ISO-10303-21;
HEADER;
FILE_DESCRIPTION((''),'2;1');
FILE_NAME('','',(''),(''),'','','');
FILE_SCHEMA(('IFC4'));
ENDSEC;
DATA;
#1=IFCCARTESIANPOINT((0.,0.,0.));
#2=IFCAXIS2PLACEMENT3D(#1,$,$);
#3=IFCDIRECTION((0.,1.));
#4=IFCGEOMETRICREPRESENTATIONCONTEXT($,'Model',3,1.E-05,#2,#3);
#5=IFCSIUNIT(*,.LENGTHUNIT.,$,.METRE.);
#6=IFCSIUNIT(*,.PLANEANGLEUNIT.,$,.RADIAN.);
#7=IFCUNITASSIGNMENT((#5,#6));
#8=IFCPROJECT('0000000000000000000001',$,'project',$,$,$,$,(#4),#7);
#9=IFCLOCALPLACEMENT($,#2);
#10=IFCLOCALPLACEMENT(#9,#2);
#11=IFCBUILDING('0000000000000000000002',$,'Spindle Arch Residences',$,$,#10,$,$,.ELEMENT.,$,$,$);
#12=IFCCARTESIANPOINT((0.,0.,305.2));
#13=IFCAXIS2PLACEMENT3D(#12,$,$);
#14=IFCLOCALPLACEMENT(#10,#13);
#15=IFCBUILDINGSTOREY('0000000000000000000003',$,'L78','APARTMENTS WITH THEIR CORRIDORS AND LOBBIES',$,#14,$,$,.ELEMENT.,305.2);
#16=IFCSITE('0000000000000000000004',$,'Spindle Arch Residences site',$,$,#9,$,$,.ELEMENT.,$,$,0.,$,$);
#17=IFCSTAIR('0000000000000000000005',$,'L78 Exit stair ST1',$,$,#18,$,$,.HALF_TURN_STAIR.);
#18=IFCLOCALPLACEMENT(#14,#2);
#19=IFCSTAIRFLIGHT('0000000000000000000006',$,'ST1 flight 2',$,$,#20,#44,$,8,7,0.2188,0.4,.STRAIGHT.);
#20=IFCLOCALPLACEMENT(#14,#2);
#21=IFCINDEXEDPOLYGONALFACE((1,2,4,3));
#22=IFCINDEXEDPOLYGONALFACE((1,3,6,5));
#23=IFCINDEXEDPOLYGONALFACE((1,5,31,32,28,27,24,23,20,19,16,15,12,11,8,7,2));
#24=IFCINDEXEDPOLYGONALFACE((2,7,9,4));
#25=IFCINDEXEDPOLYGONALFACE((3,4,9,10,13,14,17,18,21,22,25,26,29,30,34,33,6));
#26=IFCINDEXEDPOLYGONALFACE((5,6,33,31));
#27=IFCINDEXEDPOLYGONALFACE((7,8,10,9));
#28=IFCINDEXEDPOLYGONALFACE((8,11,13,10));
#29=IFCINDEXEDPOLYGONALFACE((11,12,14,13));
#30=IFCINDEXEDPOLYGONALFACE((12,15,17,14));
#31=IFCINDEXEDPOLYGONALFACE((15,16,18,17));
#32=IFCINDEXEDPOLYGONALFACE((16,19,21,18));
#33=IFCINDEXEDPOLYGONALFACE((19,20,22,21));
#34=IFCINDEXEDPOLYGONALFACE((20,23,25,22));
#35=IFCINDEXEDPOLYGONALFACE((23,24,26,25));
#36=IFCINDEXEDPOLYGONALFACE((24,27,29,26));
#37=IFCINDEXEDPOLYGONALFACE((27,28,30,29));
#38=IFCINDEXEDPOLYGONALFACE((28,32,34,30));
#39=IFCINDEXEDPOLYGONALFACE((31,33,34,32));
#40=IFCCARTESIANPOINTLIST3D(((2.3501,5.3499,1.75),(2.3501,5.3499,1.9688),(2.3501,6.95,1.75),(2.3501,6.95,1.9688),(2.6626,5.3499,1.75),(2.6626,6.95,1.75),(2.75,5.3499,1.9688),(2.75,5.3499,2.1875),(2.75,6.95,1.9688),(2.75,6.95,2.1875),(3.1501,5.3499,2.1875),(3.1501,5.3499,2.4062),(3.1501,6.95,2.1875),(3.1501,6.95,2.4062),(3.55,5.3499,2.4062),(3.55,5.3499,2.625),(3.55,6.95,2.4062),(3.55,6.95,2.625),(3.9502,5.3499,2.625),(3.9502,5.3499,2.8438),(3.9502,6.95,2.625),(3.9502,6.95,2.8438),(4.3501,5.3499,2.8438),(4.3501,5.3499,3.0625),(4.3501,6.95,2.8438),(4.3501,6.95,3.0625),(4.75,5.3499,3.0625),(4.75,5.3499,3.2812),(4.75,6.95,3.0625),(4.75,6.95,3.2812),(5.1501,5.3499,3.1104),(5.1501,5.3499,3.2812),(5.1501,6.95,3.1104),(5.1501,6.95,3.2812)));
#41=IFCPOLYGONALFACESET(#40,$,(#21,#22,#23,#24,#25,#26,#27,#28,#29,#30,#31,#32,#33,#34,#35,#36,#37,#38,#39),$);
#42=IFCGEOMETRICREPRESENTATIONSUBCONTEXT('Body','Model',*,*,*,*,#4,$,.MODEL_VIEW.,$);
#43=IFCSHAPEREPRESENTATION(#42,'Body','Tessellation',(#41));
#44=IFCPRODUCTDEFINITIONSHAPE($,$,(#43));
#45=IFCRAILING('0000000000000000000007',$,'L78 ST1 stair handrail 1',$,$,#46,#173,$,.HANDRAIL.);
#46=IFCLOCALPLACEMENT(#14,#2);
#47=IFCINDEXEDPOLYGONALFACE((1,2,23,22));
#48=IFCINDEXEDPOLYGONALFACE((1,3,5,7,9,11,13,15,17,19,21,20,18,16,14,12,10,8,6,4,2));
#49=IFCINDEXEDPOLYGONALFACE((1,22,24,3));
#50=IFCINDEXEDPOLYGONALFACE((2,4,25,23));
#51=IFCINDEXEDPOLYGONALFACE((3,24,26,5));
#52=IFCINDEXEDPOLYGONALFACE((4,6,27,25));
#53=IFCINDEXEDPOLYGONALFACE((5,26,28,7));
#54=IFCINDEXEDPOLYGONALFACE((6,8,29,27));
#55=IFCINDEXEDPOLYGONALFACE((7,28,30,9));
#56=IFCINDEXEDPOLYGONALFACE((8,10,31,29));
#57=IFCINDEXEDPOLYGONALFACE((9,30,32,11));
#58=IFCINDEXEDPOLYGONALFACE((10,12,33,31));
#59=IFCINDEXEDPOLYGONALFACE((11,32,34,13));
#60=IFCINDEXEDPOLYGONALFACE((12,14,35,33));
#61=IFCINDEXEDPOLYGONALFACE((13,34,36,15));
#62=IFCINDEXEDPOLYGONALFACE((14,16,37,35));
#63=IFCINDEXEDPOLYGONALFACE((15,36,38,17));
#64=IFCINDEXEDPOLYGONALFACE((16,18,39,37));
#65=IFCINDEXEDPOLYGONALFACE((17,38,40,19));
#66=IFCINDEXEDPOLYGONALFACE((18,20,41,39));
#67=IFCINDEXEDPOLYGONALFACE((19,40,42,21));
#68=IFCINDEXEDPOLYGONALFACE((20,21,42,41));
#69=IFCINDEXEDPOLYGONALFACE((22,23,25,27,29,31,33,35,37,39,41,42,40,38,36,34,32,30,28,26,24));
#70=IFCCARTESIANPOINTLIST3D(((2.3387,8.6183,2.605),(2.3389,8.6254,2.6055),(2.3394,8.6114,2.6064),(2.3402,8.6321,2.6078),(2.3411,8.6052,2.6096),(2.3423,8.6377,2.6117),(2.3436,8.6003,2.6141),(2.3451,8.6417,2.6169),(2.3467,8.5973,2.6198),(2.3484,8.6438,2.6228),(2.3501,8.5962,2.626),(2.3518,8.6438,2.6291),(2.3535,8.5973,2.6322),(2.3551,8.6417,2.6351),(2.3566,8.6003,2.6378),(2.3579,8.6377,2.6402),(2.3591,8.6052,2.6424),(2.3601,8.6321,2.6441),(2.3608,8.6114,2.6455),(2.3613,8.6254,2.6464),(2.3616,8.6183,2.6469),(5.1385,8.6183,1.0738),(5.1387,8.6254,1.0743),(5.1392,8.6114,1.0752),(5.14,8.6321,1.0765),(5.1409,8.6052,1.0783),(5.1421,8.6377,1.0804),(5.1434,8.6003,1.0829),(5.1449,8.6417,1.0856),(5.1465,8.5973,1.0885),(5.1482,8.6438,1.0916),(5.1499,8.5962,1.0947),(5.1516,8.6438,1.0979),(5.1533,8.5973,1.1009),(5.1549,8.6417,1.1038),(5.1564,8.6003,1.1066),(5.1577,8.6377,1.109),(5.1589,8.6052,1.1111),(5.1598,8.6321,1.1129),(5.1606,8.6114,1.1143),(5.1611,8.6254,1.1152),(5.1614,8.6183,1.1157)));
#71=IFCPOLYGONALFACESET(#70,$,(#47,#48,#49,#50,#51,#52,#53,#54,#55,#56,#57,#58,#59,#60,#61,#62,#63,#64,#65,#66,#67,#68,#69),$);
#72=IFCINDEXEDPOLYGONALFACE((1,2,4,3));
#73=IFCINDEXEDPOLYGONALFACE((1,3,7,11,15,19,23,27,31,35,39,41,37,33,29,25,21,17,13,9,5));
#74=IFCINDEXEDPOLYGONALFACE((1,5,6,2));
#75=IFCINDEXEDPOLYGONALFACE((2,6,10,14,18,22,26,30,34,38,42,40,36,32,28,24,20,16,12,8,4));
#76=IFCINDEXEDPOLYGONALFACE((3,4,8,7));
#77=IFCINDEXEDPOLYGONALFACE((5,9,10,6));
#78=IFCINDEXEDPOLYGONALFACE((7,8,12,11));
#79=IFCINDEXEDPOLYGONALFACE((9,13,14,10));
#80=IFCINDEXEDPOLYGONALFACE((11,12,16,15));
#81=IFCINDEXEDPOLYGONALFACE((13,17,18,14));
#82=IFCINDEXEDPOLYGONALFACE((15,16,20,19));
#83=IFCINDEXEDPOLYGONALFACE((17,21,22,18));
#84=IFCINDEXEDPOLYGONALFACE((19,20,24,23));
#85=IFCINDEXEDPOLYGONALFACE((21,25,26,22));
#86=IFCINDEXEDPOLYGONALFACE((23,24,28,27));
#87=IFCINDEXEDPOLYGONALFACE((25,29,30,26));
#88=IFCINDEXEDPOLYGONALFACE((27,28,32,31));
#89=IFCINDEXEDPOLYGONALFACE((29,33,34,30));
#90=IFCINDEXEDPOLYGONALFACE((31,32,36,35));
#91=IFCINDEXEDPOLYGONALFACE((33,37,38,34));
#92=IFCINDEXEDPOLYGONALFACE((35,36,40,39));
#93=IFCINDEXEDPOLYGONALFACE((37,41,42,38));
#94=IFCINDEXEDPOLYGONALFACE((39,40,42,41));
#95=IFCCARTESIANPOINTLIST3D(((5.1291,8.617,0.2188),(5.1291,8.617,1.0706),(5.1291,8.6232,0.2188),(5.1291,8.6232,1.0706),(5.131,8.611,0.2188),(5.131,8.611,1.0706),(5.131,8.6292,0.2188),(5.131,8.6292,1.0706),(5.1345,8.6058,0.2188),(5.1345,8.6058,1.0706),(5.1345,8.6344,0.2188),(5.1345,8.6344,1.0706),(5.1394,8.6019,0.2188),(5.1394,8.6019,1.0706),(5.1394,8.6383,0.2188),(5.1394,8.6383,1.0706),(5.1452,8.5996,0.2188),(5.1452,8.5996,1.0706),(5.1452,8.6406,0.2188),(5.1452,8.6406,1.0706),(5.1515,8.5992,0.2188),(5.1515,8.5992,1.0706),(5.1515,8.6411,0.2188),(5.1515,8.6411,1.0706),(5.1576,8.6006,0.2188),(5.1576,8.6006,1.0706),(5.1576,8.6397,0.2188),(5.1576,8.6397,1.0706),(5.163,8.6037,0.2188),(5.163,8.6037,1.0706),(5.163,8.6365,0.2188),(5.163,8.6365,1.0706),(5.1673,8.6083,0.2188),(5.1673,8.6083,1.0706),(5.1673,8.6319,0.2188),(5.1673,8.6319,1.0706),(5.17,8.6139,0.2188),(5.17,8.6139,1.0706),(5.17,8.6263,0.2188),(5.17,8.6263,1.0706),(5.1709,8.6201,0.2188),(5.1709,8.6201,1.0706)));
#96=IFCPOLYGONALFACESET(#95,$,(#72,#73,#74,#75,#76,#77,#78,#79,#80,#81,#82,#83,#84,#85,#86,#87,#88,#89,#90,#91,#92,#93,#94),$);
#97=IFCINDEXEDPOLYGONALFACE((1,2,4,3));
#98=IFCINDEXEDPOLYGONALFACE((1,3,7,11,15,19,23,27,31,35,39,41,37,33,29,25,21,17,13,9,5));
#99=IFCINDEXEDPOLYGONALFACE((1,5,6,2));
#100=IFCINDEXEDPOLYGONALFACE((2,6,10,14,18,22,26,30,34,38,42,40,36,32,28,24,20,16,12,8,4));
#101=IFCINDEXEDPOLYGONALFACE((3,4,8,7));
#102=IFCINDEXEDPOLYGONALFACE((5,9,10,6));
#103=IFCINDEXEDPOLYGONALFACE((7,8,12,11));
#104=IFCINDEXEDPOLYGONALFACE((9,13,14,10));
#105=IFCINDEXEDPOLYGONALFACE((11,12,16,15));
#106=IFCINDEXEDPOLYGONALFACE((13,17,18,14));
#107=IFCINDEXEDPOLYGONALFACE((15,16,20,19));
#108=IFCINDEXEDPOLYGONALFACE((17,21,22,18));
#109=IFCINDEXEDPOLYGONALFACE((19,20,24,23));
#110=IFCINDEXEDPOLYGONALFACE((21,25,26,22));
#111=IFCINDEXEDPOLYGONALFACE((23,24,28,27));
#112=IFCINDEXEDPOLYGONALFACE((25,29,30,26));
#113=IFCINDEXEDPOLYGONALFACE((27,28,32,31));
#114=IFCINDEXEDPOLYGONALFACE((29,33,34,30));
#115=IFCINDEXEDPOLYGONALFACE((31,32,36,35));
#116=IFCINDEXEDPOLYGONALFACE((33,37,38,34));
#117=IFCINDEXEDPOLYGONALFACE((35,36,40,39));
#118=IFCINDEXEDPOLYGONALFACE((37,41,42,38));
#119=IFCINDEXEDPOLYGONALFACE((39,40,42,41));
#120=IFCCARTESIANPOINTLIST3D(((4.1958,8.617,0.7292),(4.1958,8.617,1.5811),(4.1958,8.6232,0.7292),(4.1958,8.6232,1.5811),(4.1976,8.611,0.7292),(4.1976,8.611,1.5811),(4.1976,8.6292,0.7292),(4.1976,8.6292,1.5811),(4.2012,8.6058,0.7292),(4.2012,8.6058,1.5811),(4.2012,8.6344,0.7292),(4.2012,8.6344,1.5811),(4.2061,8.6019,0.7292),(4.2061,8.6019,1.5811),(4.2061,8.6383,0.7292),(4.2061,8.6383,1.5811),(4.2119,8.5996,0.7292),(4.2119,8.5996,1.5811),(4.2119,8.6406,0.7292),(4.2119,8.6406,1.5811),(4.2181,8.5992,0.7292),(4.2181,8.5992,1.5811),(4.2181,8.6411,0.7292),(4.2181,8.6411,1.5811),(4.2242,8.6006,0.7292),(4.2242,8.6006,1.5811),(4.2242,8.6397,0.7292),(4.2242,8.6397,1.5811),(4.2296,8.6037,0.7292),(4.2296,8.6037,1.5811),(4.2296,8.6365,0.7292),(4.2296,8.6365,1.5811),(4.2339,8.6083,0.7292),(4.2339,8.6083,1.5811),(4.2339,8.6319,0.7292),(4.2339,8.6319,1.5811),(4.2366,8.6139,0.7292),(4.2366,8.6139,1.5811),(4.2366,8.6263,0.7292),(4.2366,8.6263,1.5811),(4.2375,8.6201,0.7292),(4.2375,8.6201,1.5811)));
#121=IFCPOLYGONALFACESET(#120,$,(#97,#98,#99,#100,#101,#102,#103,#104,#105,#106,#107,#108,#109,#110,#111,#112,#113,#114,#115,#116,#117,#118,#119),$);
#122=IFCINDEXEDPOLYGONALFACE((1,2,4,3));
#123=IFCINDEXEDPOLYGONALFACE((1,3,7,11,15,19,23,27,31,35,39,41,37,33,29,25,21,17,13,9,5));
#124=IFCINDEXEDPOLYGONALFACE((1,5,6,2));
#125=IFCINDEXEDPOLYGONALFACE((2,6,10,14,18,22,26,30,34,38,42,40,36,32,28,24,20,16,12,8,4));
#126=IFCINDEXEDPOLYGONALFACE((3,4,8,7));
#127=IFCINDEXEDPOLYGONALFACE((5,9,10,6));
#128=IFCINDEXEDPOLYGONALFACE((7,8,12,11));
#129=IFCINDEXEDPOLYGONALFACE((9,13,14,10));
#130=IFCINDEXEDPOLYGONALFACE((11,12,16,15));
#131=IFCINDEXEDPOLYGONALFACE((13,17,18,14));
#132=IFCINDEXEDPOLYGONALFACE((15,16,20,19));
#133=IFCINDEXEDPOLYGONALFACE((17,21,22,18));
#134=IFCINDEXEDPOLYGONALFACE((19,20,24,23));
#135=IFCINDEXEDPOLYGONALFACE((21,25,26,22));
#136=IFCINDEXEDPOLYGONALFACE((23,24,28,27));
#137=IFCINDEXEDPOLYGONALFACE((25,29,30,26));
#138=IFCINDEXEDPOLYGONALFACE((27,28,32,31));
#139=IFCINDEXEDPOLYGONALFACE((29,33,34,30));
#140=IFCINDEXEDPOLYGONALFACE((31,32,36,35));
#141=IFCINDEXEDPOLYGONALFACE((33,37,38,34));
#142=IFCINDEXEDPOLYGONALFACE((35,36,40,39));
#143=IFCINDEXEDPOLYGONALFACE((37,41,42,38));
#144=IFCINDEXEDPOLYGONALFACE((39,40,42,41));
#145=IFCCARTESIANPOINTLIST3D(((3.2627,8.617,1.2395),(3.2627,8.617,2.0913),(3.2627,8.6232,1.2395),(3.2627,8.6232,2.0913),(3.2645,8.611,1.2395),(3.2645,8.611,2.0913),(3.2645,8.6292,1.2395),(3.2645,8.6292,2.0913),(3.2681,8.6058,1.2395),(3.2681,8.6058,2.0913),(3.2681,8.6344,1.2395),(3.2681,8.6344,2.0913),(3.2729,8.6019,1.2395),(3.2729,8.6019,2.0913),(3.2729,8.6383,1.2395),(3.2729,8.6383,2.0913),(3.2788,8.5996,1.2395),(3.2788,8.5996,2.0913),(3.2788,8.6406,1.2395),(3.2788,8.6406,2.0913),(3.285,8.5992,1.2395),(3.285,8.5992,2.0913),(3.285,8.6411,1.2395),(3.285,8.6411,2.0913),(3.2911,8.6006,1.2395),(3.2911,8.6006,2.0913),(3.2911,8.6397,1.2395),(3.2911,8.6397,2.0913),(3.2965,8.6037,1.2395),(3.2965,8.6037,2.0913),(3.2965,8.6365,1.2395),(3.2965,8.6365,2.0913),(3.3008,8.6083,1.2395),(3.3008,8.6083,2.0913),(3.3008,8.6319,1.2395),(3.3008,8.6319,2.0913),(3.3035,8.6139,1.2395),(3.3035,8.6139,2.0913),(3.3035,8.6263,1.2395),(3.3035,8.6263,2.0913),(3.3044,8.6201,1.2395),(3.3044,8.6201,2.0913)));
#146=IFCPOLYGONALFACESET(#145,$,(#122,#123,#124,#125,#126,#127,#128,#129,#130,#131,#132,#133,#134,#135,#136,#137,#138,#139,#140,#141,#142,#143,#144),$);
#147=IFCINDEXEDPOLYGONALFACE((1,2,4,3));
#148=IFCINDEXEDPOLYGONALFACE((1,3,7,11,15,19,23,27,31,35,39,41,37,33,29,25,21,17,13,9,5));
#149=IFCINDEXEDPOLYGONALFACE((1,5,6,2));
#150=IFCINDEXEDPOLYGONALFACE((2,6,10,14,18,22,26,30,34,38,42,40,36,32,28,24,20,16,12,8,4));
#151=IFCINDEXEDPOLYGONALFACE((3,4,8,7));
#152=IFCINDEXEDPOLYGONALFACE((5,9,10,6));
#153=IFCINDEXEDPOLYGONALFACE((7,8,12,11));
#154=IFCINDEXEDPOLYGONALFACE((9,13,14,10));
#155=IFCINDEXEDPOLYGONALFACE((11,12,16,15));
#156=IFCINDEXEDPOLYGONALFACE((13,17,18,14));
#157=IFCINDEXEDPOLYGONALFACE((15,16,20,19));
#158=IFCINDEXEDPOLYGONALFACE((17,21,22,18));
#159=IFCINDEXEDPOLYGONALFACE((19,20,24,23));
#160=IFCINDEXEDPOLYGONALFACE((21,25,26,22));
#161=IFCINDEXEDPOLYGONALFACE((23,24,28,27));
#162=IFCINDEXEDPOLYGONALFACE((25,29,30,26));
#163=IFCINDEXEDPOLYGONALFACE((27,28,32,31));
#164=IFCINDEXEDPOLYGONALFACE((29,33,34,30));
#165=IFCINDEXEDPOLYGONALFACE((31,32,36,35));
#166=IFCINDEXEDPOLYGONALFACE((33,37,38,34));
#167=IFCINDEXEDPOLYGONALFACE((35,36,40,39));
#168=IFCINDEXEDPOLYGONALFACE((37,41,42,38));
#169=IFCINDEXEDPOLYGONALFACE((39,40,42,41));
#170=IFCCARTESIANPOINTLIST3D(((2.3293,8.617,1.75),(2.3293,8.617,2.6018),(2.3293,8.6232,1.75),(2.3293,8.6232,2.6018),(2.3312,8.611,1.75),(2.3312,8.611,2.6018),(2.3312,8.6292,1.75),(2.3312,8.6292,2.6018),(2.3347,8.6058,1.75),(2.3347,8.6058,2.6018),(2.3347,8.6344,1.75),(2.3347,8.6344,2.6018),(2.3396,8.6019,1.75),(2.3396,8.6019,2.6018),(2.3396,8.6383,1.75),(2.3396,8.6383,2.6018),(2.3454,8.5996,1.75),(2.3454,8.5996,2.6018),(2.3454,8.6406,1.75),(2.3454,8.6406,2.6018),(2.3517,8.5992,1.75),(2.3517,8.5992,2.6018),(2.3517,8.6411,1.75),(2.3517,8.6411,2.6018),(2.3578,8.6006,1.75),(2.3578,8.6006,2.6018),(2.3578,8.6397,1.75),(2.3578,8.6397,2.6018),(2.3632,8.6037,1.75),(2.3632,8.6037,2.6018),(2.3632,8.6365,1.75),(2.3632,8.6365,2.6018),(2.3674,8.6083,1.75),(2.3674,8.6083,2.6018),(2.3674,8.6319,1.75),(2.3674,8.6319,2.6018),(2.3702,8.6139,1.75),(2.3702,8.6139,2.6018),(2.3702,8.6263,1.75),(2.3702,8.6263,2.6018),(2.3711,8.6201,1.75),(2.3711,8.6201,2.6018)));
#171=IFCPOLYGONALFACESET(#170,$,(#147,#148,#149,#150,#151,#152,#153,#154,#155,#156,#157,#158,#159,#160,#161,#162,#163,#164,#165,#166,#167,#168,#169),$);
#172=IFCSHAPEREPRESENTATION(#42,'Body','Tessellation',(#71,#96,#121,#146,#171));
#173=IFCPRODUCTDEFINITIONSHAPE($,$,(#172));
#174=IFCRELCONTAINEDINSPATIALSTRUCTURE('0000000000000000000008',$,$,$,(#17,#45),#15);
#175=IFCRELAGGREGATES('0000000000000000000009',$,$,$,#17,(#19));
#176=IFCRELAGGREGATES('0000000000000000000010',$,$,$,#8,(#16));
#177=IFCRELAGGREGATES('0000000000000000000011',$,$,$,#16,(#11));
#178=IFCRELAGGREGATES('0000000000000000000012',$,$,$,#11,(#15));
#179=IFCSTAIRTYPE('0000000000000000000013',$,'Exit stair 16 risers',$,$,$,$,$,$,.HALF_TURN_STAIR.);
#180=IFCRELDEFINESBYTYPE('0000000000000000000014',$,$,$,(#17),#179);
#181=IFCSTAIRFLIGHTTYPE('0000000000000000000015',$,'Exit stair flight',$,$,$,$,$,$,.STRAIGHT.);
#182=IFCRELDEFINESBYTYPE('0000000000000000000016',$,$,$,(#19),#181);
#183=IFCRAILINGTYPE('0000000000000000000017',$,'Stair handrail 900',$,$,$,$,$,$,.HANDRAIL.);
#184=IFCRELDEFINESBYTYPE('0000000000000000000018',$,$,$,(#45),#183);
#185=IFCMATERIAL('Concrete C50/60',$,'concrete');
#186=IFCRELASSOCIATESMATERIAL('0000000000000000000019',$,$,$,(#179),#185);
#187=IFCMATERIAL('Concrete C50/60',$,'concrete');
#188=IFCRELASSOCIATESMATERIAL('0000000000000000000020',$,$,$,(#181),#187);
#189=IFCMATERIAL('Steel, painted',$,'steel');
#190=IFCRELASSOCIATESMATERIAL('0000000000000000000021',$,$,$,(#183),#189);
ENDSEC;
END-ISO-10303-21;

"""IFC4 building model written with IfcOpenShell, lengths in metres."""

from ifc_helpers import new_model, si_unit, direction, frame, origin, origin_2d, place, context, subcontext, project, spatial, polyline, circle, outline, extrude, material, type_object, element, aggregate, save


model = new_model("IFC4")

# Units and contexts
model_context = context("Model", 3, precision=1e-05, world=origin(), true_north=direction((0.0, 1.0)))
body_context = subcontext(model_context, "Body", "Model", "MODEL_VIEW")
ifc_project = project(units=[si_unit("LENGTHUNIT", "METRE"), si_unit("PLANEANGLEUNIT", "RADIAN")], contexts=[model_context])

# Site, building, storey
site_placement = place(None, origin())
site = spatial("IfcSite", under=ifc_project, at=site_placement, Name="Spindle Arch Residences site", CompositionType="ELEMENT", RefElevation=0.0)
building_placement = place(site_placement, origin())
building = spatial("IfcBuilding", under=site, at=building_placement, Name="Spindle Arch Residences", CompositionType="ELEMENT")
storey_placement = place(building_placement, frame((0.0, 0.0, 305.2)))
storey = spatial("IfcBuildingStorey", under=building, at=storey_placement, Name="L78", Description="APARTMENTS WITH THEIR CORRIDORS AND LOBBIES", CompositionType="ELEMENT", Elevation=305.2)

# Stair, stair flight
ifc_material_1 = material(Name="Concrete C50/60", Category="concrete")
stair_type = type_object("IfcStairType", Name="Exit stair 16 risers", PredefinedType="HALF_TURN_STAIR", material=ifc_material_1)
stair_placement = place(storey_placement, origin())
stair = element("IfcStair", 1, at=stair_placement, inside=storey, type_object=stair_type, Name="L78 Exit stair ST1", PredefinedType="HALF_TURN_STAIR")
ifc_material_2 = material(Name="Concrete C50/60", Category="concrete")
stair_flight_type = type_object("IfcStairFlightType", Name="Exit stair flight", PredefinedType="STRAIGHT", material=ifc_material_2)
stair_flight_1_placement = place(storey_placement, frame((2.3501, 6.1499, 1.75), z_axis=(0.0, 0.0, 1.0), x_axis=(1.0, 0.0, 0.0)))
stair_flight_1 = element("IfcStairFlight", 2, at=stair_flight_1_placement, type_object=stair_flight_type, Name="ST1 flight 2", NumberOfRisers=8, NumberOfTreads=7, PredefinedType="STRAIGHT", RiserHeight=0.2188, TreadLength=0.4, context=body_context, shape_type="SweptSolid", body=[
    extrude(outline(polyline([(0.0, 0.0), (0.0, 0.2188), (0.3999, 0.2188), (0.3999, 0.4375), (0.8, 0.4375), (0.8, 0.6562), (1.2, 0.6562), (1.2, 0.875), (1.6001, 0.875), (1.6001, 1.0938), (2.0, 1.0938), (2.0, 1.3125), (2.3999, 1.3125), (2.3999, 1.5312), (2.8, 1.5312), (2.8, 1.75), (2.8, 1.3604), (0.3125, 0.0), (0.0, 0.0)])), frame((0.0, 0.8, 0.0), z_axis=(0.0, -1.0, 0.0), x_axis=(1.0, 0.0, 0.0)), (0.0, 0.0, 1.0), 1.6001),
])
aggregate(stair, [stair_flight_1])

# Railing
ifc_material_3 = material(Name="Steel, painted", Category="steel")
railing_type_1 = type_object("IfcRailingType", Name="Stair handrail 900", PredefinedType="HANDRAIL", material=ifc_material_3)
railing_1_placement = place(storey_placement, frame((5.1499, 8.6201, 0.2188)))
element("IfcRailing", 3, at=railing_1_placement, inside=storey, type_object=railing_type_1, Name="L78 ST1 stair handrail 1", PredefinedType="HANDRAIL", context=body_context, shape_type="SweptSolid", body=[
    extrude(circle(Radius=0.0239, at=origin_2d()), frame((0.0, 0.0, 0.876), z_axis=(-0.877357, 0.0, 0.479838), x_axis=(0.0, -1.0, 0.0)), (0.0, 0.0, 1.0), 3.1912),
    extrude(circle(Radius=0.021, at=origin_2d()), origin(), (0.0, 0.0, 1.0), 0.8518),
    extrude(circle(Radius=0.021, at=origin_2d()), frame((-0.9333, 0.0, 0.5105)), (0.0, 0.0, 1.0), 0.8518),
    extrude(circle(Radius=0.021, at=origin_2d()), frame((-1.8665, 0.0, 1.0208)), (0.0, 0.0, 1.0), 0.8518),
    extrude(circle(Radius=0.021, at=origin_2d()), frame((-2.7998, 0.0, 1.5312)), (0.0, 0.0, 1.0), 0.8518),
])

save(model, "model.ifc")
